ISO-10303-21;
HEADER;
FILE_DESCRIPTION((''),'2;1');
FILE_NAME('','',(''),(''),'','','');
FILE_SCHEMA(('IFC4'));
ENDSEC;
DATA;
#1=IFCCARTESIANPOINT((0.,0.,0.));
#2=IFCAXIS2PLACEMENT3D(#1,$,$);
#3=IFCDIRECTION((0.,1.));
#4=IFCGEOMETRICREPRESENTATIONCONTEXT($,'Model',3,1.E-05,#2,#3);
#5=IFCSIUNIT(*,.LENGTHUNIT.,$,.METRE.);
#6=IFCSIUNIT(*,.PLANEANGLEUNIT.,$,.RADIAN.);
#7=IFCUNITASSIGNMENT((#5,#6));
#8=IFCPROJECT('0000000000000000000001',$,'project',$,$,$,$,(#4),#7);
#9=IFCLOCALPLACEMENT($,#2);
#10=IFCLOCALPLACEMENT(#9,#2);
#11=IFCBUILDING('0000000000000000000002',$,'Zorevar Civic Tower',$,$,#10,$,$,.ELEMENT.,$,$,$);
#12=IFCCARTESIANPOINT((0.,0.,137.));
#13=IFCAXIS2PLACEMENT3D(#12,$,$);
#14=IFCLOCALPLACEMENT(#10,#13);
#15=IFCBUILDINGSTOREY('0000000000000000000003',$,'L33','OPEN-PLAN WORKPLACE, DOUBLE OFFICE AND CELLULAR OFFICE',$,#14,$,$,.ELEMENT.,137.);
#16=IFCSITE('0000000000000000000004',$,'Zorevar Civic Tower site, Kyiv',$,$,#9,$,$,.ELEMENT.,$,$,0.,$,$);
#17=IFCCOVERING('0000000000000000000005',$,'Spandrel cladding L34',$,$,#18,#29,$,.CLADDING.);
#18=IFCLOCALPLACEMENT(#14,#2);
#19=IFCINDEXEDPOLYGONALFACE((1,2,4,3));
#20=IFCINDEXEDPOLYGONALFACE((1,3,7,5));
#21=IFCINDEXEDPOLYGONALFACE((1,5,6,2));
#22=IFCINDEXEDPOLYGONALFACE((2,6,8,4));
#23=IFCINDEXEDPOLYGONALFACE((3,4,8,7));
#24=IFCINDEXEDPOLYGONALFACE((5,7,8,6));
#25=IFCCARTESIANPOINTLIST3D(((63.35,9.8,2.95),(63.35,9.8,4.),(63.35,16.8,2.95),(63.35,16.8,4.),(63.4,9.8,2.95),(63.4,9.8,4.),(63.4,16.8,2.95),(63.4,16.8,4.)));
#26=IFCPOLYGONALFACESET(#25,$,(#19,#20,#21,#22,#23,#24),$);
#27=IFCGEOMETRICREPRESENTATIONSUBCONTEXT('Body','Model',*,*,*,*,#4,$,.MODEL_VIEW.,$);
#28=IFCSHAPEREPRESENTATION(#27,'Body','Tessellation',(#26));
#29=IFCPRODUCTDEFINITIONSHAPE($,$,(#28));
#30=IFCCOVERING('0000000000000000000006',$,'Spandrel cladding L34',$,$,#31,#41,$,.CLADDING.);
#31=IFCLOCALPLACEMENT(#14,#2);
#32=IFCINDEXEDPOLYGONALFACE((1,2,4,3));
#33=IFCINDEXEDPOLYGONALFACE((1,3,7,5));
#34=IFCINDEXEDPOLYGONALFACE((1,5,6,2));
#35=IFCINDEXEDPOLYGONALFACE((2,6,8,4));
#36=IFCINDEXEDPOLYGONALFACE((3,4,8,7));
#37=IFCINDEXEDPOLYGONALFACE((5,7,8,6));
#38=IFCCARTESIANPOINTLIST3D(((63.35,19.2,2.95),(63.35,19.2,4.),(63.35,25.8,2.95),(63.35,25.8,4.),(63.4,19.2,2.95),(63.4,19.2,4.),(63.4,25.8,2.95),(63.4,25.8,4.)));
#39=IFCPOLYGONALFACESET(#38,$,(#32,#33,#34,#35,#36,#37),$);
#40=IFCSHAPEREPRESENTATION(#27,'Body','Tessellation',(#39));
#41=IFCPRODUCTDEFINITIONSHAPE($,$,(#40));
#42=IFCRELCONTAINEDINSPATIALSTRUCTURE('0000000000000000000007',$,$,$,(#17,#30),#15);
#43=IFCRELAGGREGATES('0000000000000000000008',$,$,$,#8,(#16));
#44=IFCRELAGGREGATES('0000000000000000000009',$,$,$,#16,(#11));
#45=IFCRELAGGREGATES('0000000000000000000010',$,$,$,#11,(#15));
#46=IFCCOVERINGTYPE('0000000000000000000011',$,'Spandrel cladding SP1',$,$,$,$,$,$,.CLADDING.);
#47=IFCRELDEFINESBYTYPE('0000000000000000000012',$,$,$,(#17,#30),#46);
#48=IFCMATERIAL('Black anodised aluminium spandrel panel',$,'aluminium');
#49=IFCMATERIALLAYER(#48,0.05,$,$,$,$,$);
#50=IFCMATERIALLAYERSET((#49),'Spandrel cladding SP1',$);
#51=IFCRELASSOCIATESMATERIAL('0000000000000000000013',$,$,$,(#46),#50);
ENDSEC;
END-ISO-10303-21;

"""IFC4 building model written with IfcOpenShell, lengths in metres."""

from ifc_helpers import new_model, si_unit, direction, frame, frame_2d, origin, place, context, subcontext, project, spatial, rectangle, extrude, material, layer, layer_set, type_object, element, save


model = new_model("IFC4")

# Units and contexts
model_context = context("Model", 3, precision=1e-05, world=origin(), true_north=direction((0.0, 1.0)))
body_context = subcontext(model_context, "Body", "Model", "MODEL_VIEW")
ifc_project = project(units=[si_unit("LENGTHUNIT", "METRE"), si_unit("PLANEANGLEUNIT", "RADIAN")], contexts=[model_context])

# Site, building, storey
site_placement = place(None, origin())
site = spatial("IfcSite", under=ifc_project, at=site_placement, Name="Zorevar Civic Tower site, Kyiv", CompositionType="ELEMENT", RefElevation=0.0)
building_placement = place(site_placement, origin())
building = spatial("IfcBuilding", under=site, at=building_placement, Name="Zorevar Civic Tower", CompositionType="ELEMENT")
storey_placement = place(building_placement, frame((0.0, 0.0, 137.0)))
storey = spatial("IfcBuildingStorey", under=building, at=storey_placement, Name="L33", Description="OPEN-PLAN WORKPLACE, DOUBLE OFFICE AND CELLULAR OFFICE", CompositionType="ELEMENT", Elevation=137.0)

# Coverings
ifc_material_1 = material(Name="Black anodised aluminium spandrel panel", Category="aluminium")
ifc_layer_1 = layer(ifc_material_1, 0.05)
ifc_layer_set_1 = layer_set([ifc_layer_1], Name="Spandrel cladding SP1")
covering_type = type_object("IfcCoveringType", Name="Spandrel cladding SP1", PredefinedType="CLADDING", material=ifc_layer_set_1)
covering_1_placement = place(storey_placement, frame((63.375, 9.8, 2.95), z_axis=(0.0, 0.0, 1.0), x_axis=(0.0, 1.0, 0.0)))
element("IfcCovering", 1, at=covering_1_placement, inside=storey, type_object=covering_type, Name="Spandrel cladding L34", PredefinedType="CLADDING", context=body_context, shape_type="SweptSolid", body=[
    extrude(rectangle(XDim=7.0, YDim=0.05, at=frame_2d((3.5, 0.0))), origin(), (0.0, 0.0, 1.0), 1.05),
])
covering_2_placement = place(storey_placement, frame((63.375, 19.2, 2.95), z_axis=(0.0, 0.0, 1.0), x_axis=(0.0, 1.0, 0.0)))
element("IfcCovering", 2, at=covering_2_placement, inside=storey, type_object=covering_type, Name="Spandrel cladding L34", PredefinedType="CLADDING", context=body_context, shape_type="SweptSolid", body=[
    extrude(rectangle(XDim=6.6001, YDim=0.05, at=frame_2d((3.3, 0.0))), origin(), (0.0, 0.0, 1.0), 1.05),
])

save(model, "model.ifc")
